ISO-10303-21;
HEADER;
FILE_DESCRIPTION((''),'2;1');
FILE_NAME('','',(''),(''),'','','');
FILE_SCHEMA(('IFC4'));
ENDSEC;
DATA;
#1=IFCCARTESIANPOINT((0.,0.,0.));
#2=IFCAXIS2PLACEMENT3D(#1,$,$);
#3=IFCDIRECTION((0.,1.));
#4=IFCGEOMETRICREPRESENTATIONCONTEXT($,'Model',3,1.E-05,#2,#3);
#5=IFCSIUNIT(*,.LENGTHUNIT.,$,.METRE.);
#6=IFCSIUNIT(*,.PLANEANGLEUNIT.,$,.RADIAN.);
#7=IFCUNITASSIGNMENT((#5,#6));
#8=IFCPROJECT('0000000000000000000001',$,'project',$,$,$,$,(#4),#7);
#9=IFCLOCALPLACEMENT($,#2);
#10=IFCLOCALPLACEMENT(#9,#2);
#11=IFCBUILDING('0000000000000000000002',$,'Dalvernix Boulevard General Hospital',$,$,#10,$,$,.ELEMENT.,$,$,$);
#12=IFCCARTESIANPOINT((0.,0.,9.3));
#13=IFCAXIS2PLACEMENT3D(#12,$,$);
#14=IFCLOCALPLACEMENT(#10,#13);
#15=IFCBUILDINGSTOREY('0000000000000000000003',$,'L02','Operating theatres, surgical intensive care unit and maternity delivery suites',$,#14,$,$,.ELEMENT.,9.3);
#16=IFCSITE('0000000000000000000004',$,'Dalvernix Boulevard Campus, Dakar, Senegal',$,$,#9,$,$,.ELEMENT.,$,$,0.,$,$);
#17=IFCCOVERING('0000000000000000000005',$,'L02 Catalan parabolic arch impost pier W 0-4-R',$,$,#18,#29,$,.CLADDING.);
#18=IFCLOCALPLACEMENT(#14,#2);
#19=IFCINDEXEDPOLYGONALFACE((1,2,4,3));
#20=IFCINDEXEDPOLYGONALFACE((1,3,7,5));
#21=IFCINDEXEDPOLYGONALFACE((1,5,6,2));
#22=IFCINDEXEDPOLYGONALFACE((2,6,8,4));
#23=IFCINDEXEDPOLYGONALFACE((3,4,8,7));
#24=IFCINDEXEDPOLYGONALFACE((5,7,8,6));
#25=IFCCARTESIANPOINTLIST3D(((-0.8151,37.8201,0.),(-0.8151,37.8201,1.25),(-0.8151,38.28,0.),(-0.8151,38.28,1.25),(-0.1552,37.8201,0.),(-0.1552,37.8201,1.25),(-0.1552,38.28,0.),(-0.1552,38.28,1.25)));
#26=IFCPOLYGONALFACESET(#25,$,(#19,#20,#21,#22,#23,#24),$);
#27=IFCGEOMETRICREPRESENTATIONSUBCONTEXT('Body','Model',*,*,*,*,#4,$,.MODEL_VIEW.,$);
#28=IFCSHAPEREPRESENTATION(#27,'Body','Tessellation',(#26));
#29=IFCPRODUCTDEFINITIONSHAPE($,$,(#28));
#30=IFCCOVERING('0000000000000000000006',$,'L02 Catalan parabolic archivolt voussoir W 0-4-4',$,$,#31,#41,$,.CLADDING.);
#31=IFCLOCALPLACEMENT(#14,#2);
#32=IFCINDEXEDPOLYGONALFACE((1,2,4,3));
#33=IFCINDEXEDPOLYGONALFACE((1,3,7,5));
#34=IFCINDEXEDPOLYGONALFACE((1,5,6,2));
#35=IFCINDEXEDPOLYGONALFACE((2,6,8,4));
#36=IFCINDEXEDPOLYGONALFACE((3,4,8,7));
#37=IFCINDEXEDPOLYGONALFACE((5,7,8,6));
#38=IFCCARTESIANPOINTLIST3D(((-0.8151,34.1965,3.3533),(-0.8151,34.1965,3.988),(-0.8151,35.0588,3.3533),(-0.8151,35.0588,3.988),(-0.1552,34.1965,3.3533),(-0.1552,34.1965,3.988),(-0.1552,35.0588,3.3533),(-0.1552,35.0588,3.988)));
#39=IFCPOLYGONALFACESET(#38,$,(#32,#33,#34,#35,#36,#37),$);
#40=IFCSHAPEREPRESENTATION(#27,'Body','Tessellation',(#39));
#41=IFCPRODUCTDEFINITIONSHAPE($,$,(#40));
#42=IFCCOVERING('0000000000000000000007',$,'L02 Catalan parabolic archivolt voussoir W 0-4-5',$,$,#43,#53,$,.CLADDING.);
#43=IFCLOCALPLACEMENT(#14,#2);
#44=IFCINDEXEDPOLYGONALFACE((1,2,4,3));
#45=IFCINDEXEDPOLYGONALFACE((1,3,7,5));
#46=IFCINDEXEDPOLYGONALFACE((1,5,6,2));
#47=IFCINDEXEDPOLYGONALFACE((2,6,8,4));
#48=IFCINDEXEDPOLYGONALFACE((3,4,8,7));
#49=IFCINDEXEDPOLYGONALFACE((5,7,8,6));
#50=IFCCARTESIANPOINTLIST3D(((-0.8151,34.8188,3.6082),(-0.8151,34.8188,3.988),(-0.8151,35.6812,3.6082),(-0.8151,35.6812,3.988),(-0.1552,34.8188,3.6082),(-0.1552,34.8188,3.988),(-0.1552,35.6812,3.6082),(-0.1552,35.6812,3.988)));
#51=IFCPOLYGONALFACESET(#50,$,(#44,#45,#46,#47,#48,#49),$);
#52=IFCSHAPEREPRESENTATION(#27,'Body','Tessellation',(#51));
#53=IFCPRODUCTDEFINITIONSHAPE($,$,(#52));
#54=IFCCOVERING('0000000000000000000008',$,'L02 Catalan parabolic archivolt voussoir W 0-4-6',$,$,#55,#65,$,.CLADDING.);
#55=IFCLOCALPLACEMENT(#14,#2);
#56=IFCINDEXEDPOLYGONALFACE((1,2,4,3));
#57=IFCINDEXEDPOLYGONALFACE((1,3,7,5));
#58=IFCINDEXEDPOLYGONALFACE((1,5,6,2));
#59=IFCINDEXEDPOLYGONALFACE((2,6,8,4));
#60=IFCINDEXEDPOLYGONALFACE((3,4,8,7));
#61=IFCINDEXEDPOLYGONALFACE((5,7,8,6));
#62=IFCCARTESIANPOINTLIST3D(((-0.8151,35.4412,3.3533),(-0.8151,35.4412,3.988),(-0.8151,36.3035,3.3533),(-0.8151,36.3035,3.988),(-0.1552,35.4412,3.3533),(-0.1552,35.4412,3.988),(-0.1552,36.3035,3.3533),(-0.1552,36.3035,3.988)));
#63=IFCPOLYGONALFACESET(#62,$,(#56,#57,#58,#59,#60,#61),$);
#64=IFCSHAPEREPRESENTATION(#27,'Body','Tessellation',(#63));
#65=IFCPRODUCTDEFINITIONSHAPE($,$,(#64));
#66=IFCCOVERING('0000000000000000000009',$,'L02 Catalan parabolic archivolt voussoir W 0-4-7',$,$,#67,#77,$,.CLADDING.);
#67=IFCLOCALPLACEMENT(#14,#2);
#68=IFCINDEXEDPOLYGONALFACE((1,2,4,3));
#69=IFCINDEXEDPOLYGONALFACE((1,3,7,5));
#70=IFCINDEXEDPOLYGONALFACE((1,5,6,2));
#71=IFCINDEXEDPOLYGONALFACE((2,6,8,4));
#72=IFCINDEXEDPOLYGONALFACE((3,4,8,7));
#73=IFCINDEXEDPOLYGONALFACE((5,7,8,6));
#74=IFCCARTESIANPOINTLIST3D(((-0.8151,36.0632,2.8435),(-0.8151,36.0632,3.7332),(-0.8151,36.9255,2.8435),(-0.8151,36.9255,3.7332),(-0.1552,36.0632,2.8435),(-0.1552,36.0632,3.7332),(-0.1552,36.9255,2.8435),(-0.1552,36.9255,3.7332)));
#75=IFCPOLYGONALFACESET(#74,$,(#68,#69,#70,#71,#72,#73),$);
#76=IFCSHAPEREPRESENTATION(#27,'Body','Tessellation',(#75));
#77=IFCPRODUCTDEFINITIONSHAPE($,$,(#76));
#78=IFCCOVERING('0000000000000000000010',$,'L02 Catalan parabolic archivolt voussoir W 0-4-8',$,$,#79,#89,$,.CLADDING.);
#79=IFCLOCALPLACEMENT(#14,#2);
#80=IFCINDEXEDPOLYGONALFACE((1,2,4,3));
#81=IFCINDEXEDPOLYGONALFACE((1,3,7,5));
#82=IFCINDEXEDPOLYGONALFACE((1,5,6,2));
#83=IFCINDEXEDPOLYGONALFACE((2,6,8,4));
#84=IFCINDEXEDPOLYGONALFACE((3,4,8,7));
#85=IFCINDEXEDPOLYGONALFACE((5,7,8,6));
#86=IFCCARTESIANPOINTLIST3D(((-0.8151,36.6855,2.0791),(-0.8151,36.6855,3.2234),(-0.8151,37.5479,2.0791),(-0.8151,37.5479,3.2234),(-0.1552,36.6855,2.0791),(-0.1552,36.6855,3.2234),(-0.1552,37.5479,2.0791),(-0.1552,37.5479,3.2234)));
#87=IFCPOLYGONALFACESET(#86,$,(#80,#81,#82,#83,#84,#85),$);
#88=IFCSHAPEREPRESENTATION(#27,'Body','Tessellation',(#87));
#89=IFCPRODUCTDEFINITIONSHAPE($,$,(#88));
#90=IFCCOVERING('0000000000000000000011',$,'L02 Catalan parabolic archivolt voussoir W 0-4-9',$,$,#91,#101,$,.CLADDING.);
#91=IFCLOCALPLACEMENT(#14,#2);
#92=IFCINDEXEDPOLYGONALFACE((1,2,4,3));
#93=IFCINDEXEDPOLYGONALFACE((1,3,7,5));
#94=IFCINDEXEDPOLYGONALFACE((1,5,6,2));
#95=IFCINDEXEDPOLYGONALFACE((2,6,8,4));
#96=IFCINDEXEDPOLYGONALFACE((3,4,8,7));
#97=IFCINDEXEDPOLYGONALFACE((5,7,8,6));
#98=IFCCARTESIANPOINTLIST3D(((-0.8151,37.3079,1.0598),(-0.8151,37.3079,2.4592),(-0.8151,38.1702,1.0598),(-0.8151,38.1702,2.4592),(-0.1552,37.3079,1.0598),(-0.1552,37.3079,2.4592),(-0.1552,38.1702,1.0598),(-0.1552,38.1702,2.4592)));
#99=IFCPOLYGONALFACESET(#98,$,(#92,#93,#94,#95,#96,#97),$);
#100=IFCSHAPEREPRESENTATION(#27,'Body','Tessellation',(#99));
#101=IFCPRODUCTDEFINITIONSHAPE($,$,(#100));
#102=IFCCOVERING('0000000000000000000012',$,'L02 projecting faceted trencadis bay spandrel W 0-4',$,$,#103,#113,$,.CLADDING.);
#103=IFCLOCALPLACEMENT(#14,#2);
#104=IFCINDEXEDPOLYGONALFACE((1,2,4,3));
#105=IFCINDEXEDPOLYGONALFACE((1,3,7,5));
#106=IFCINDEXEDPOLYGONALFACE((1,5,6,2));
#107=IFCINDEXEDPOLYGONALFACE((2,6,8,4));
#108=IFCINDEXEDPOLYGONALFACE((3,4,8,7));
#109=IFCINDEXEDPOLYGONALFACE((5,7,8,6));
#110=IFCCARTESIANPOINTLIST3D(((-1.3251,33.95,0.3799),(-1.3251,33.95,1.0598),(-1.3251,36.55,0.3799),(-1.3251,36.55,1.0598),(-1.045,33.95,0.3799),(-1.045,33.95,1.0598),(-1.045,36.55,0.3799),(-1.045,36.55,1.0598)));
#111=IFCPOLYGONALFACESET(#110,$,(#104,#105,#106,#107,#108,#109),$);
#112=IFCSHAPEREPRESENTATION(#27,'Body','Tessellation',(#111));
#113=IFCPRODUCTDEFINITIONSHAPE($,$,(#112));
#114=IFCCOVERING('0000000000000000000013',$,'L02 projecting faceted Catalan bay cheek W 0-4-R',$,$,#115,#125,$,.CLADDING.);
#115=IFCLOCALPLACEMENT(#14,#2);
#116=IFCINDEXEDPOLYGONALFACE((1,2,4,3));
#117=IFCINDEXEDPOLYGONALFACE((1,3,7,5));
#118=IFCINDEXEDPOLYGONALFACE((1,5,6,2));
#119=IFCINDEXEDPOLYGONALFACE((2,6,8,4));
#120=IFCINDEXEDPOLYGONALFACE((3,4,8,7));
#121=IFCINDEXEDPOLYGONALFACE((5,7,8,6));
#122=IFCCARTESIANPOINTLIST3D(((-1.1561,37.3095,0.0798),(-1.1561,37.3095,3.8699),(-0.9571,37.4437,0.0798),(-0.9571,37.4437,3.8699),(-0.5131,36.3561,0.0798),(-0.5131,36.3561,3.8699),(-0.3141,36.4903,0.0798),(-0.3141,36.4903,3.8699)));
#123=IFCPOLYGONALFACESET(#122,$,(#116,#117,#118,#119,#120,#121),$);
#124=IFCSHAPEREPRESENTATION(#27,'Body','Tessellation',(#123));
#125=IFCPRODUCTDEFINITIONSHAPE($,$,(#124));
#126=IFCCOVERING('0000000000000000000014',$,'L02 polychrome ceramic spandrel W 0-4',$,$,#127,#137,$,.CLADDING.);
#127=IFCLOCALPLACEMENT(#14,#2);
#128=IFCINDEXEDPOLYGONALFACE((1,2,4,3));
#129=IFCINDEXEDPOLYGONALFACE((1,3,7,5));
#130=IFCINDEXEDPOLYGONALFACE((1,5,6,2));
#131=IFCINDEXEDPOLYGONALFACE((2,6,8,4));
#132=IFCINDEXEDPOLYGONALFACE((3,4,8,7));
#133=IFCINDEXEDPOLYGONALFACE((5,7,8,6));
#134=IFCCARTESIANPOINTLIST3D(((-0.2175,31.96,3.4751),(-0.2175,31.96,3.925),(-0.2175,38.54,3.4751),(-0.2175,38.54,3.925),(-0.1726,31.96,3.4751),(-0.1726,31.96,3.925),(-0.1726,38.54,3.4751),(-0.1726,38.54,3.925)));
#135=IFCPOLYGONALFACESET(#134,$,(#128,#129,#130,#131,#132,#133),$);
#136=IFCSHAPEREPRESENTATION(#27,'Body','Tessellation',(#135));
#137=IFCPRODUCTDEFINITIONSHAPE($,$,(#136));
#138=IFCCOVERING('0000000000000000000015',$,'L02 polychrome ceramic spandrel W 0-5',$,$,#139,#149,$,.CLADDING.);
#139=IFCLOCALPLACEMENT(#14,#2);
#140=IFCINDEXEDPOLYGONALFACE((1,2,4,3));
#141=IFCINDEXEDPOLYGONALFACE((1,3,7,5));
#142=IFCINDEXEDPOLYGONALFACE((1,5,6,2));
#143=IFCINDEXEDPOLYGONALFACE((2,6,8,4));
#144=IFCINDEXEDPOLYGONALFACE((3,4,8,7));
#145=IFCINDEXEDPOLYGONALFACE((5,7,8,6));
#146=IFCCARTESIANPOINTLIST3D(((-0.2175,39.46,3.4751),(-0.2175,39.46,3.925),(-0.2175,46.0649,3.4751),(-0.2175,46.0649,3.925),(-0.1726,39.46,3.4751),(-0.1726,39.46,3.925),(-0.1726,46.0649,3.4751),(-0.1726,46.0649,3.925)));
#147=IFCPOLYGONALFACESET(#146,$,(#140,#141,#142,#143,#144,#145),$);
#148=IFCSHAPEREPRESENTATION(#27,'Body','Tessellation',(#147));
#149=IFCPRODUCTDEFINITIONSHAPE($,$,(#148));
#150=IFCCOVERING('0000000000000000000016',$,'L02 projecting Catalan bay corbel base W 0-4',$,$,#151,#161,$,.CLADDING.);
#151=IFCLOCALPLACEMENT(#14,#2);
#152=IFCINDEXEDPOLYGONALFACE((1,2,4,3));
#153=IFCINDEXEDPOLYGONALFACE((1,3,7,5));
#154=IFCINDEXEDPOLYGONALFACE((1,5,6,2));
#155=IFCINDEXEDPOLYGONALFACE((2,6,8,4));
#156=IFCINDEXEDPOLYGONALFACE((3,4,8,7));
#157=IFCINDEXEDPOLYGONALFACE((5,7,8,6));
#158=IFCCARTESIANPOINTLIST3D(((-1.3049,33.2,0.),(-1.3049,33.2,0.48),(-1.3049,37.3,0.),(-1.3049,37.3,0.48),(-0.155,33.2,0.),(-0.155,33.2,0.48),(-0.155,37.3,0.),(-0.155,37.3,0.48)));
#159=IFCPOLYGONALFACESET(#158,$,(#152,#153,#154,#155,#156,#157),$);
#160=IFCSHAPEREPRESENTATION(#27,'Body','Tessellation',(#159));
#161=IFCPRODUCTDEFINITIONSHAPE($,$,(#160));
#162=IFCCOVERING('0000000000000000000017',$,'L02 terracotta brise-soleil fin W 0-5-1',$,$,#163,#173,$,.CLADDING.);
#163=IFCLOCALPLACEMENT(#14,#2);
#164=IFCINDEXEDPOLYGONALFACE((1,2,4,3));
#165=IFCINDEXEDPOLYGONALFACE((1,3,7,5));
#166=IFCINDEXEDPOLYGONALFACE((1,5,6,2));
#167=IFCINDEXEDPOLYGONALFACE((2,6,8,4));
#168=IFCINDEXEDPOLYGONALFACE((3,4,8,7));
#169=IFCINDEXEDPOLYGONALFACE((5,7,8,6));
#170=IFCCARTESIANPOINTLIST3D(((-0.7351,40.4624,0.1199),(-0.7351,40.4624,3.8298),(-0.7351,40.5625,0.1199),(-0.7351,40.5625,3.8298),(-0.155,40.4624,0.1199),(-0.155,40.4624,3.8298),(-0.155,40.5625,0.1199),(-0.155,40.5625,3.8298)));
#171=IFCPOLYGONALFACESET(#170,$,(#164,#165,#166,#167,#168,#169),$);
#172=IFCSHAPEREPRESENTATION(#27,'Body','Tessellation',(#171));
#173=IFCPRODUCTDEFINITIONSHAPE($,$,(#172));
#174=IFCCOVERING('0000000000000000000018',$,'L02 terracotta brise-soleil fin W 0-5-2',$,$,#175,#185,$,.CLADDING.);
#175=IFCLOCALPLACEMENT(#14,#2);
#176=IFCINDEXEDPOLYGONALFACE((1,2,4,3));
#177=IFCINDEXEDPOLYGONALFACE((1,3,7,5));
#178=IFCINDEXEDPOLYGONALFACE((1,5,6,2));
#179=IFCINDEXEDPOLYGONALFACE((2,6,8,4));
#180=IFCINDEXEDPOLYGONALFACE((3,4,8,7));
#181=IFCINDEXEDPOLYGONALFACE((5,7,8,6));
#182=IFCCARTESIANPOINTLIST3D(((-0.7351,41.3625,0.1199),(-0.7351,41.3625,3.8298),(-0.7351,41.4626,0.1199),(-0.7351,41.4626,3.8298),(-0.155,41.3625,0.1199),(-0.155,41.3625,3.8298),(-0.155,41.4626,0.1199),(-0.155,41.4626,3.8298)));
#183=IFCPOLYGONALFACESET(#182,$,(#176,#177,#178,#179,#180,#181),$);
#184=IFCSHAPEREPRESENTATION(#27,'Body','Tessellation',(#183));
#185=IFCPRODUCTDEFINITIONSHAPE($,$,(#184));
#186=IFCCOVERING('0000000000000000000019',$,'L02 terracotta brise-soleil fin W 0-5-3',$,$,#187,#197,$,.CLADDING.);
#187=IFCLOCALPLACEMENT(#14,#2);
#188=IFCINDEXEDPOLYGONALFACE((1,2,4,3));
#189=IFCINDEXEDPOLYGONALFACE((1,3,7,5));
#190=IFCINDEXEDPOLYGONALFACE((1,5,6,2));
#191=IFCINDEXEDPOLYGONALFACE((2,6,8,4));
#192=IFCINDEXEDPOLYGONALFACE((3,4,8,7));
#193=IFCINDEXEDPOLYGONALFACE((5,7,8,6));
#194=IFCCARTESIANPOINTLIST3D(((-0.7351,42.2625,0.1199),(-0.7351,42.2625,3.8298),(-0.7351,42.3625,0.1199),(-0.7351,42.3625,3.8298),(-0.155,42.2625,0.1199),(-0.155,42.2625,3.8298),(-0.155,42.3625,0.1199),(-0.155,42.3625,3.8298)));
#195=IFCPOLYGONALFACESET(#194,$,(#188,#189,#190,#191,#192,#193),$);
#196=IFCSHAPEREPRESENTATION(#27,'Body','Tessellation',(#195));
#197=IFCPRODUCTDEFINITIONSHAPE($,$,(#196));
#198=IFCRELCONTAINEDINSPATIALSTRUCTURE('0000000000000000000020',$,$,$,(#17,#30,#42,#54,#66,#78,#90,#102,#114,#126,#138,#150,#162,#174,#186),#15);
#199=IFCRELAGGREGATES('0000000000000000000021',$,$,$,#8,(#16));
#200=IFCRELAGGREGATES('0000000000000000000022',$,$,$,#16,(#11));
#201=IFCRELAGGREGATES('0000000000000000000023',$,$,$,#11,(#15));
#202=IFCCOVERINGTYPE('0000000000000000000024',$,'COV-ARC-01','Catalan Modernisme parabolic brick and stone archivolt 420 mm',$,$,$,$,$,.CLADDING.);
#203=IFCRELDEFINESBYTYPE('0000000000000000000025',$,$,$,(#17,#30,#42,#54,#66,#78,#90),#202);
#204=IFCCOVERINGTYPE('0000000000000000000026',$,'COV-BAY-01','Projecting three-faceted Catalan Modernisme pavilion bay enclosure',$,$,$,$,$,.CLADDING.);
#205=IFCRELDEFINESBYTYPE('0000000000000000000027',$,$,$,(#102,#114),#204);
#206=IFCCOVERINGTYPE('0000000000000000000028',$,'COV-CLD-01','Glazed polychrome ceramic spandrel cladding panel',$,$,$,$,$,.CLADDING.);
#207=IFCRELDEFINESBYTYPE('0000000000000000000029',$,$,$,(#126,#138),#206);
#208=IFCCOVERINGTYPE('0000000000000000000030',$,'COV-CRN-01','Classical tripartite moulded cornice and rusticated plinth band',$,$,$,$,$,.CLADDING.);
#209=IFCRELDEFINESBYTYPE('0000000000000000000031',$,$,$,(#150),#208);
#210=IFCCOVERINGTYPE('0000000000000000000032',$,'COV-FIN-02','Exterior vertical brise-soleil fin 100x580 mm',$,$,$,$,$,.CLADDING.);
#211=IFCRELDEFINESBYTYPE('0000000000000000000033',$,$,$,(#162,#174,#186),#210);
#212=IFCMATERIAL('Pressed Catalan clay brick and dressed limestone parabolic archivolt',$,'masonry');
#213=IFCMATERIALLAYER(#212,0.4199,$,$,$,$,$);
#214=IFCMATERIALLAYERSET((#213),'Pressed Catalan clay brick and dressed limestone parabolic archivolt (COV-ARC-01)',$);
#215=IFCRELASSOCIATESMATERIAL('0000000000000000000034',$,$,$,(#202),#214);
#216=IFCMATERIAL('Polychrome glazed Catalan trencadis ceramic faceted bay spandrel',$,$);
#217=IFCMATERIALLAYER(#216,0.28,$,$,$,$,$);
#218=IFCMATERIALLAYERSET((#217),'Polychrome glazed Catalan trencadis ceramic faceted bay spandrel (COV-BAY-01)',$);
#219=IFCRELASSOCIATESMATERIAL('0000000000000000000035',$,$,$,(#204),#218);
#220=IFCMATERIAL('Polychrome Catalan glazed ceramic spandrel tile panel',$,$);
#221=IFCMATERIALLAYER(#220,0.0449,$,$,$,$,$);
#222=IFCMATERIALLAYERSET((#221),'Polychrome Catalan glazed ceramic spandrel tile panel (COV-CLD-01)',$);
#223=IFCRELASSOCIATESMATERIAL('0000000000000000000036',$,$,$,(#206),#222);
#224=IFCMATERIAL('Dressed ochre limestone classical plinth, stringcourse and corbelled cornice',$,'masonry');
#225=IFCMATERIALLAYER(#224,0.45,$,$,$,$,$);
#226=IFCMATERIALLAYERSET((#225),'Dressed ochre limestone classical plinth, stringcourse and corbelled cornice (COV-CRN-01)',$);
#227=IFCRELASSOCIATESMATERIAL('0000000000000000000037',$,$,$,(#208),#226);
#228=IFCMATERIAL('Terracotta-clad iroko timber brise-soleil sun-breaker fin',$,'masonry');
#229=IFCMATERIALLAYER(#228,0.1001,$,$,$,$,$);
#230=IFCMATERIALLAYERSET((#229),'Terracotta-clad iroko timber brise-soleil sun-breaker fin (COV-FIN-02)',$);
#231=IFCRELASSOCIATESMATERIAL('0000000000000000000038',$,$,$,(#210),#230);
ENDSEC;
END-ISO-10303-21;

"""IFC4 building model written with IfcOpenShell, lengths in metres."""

from ifc_helpers import new_model, si_unit, direction, frame, origin, origin_2d, place, context, subcontext, project, spatial, rectangle, extrude, material, layer, layer_set, type_object, element, save


model = new_model("IFC4")

# Units and contexts
model_context = context("Model", 3, precision=1e-05, world=origin(), true_north=direction((0.0, 1.0)))
body_context = subcontext(model_context, "Body", "Model", "MODEL_VIEW")
ifc_project = project(units=[si_unit("LENGTHUNIT", "METRE"), si_unit("PLANEANGLEUNIT", "RADIAN")], contexts=[model_context])

# Site, building, storey
site_placement = place(None, origin())
site = spatial("IfcSite", under=ifc_project, at=site_placement, Name="Dalvernix Boulevard Campus, Dakar, Senegal", CompositionType="ELEMENT", RefElevation=0.0)
building_placement = place(site_placement, origin())
building = spatial("IfcBuilding", under=site, at=building_placement, Name="Dalvernix Boulevard General Hospital", CompositionType="ELEMENT")
storey_placement = place(building_placement, frame((0.0, 0.0, 9.3)))
storey = spatial("IfcBuildingStorey", under=building, at=storey_placement, Name="L02", Description="Operating theatres, surgical intensive care unit and maternity delivery suites", CompositionType="ELEMENT", Elevation=9.3)

# Coverings
ifc_material_1 = material(Name="Pressed Catalan clay brick and dressed limestone parabolic archivolt", Category="masonry")
ifc_layer_1 = layer(ifc_material_1, 0.4199)
ifc_layer_set_1 = layer_set([ifc_layer_1], Name="Pressed Catalan clay brick and dressed limestone parabolic archivolt (COV-ARC-01)")
covering_type_1 = type_object("IfcCoveringType", Name="COV-ARC-01", Description="Catalan Modernisme parabolic brick and stone archivolt 420 mm", PredefinedType="CLADDING", material=ifc_layer_set_1)
covering_1_placement = place(storey_placement, frame((-0.4851, 38.05, 0.0), z_axis=(0.0, 0.0, 1.0), x_axis=(0.0, 1.0, 0.0)))
element("IfcCovering", 1, at=covering_1_placement, inside=storey, type_object=covering_type_1, Name="L02 Catalan parabolic arch impost pier W 0-4-R", PredefinedType="CLADDING", context=body_context, shape_type="SweptSolid", body=[
    extrude(rectangle(XDim=0.46, YDim=0.6599, at=origin_2d()), origin(), (0.0, 0.0, 1.0), 1.25),
])
covering_2_placement = place(storey_placement, frame((-0.4851, 34.6277, 3.3533), z_axis=(0.0, 0.0, 1.0), x_axis=(0.0, 1.0, 0.0)))
element("IfcCovering", 2, at=covering_2_placement, inside=storey, type_object=covering_type_1, Name="L02 Catalan parabolic archivolt voussoir W 0-4-4", PredefinedType="CLADDING", context=body_context, shape_type="SweptSolid", body=[
    extrude(rectangle(XDim=0.8623, YDim=0.6599, at=origin_2d()), origin(), (0.0, 0.0, 1.0), 0.6348),
])
covering_3_placement = place(storey_placement, frame((-0.4851, 35.25, 3.6082), z_axis=(0.0, 0.0, 1.0), x_axis=(0.0, 1.0, 0.0)))
element("IfcCovering", 3, at=covering_3_placement, inside=storey, type_object=covering_type_1, Name="L02 Catalan parabolic archivolt voussoir W 0-4-5", PredefinedType="CLADDING", context=body_context, shape_type="SweptSolid", body=[
    extrude(rectangle(XDim=0.8623, YDim=0.6599, at=origin_2d()), origin(), (0.0, 0.0, 1.0), 0.3799),
])
covering_4_placement = place(storey_placement, frame((-0.4851, 35.8723, 3.3533), z_axis=(0.0, 0.0, 1.0), x_axis=(0.0, 1.0, 0.0)))
element("IfcCovering", 4, at=covering_4_placement, inside=storey, type_object=covering_type_1, Name="L02 Catalan parabolic archivolt voussoir W 0-4-6", PredefinedType="CLADDING", context=body_context, shape_type="SweptSolid", body=[
    extrude(rectangle(XDim=0.8623, YDim=0.6599, at=origin_2d()), origin(), (0.0, 0.0, 1.0), 0.6348),
])
covering_5_placement = place(storey_placement, frame((-0.4851, 36.4944, 2.8435), z_axis=(0.0, 0.0, 1.0), x_axis=(0.0, 1.0, 0.0)))
element("IfcCovering", 5, at=covering_5_placement, inside=storey, type_object=covering_type_1, Name="L02 Catalan parabolic archivolt voussoir W 0-4-7", PredefinedType="CLADDING", context=body_context, shape_type="SweptSolid", body=[
    extrude(rectangle(XDim=0.8623, YDim=0.6599, at=origin_2d()), origin(), (0.0, 0.0, 1.0), 0.8896),
])
covering_6_placement = place(storey_placement, frame((-0.4851, 37.1167, 2.0791), z_axis=(0.0, 0.0, 1.0), x_axis=(0.0, 1.0, 0.0)))
element("IfcCovering", 6, at=covering_6_placement, inside=storey, type_object=covering_type_1, Name="L02 Catalan parabolic archivolt voussoir W 0-4-8", PredefinedType="CLADDING", context=body_context, shape_type="SweptSolid", body=[
    extrude(rectangle(XDim=0.8623, YDim=0.6599, at=origin_2d()), origin(), (0.0, 0.0, 1.0), 1.1443),
])
covering_7_placement = place(storey_placement, frame((-0.4851, 37.739, 1.0598), z_axis=(0.0, 0.0, 1.0), x_axis=(0.0, 1.0, 0.0)))
element("IfcCovering", 7, at=covering_7_placement, inside=storey, type_object=covering_type_1, Name="L02 Catalan parabolic archivolt voussoir W 0-4-9", PredefinedType="CLADDING", context=body_context, shape_type="SweptSolid", body=[
    extrude(rectangle(XDim=0.8623, YDim=0.6599, at=origin_2d()), origin(), (0.0, 0.0, 1.0), 1.3994),
])
ifc_material_2 = material(Name="Polychrome glazed Catalan trencadis ceramic faceted bay spandrel")
ifc_layer_2 = layer(ifc_material_2, 0.28)
ifc_layer_set_2 = layer_set([ifc_layer_2], Name="Polychrome glazed Catalan trencadis ceramic faceted bay spandrel (COV-BAY-01)")
covering_type_2 = type_object("IfcCoveringType", Name="COV-BAY-01", Description="Projecting three-faceted Catalan Modernisme pavilion bay enclosure", PredefinedType="CLADDING", material=ifc_layer_set_2)
covering_8_placement = place(storey_placement, frame((-1.1851, 35.25, 0.3799), z_axis=(0.0, 0.0, 1.0), x_axis=(0.0, 1.0, 0.0)))
element("IfcCovering", 8, at=covering_8_placement, inside=storey, type_object=covering_type_2, Name="L02 projecting faceted trencadis bay spandrel W 0-4", PredefinedType="CLADDING", context=body_context, shape_type="SweptSolid", body=[
    extrude(rectangle(XDim=2.6001, YDim=0.28, at=origin_2d()), origin(), (0.0, 0.0, 1.0), 0.6799),
])
covering_9_placement = place(storey_placement, frame((-0.7351, 36.8999, 0.0798), z_axis=(0.0, 0.0, 1.0), x_axis=(-0.559193, 0.829038, 0.0)))
element("IfcCovering", 9, at=covering_9_placement, inside=storey, type_object=covering_type_2, Name="L02 projecting faceted Catalan bay cheek W 0-4-R", PredefinedType="CLADDING", context=body_context, shape_type="SweptSolid", body=[
    extrude(rectangle(XDim=1.1499, YDim=0.24, at=origin_2d()), origin(), (0.0, 0.0, 1.0), 3.79),
])
ifc_material_3 = material(Name="Polychrome Catalan glazed ceramic spandrel tile panel")
ifc_layer_3 = layer(ifc_material_3, 0.0449)
ifc_layer_set_3 = layer_set([ifc_layer_3], Name="Polychrome Catalan glazed ceramic spandrel tile panel (COV-CLD-01)")
covering_type_3 = type_object("IfcCoveringType", Name="COV-CLD-01", Description="Glazed polychrome ceramic spandrel cladding panel", PredefinedType="CLADDING", material=ifc_layer_set_3)
covering_10_placement = place(storey_placement, frame((-0.1951, 35.25, 3.4751), z_axis=(0.0, 0.0, 1.0), x_axis=(0.0, 1.0, 0.0)))
element("IfcCovering", 10, at=covering_10_placement, inside=storey, type_object=covering_type_3, Name="L02 polychrome ceramic spandrel W 0-4", PredefinedType="CLADDING", context=body_context, shape_type="SweptSolid", body=[
    extrude(rectangle(XDim=6.5801, YDim=0.0449, at=origin_2d()), origin(), (0.0, 0.0, 1.0), 0.45),
])
covering_11_placement = place(storey_placement, frame((-0.1951, 42.7625, 3.4751), z_axis=(0.0, 0.0, 1.0), x_axis=(0.0, 1.0, 0.0)))
element("IfcCovering", 11, at=covering_11_placement, inside=storey, type_object=covering_type_3, Name="L02 polychrome ceramic spandrel W 0-5", PredefinedType="CLADDING", context=body_context, shape_type="SweptSolid", body=[
    extrude(rectangle(XDim=6.605, YDim=0.0449, at=origin_2d()), origin(), (0.0, 0.0, 1.0), 0.45),
])
ifc_material_4 = material(Name="Dressed ochre limestone classical plinth, stringcourse and corbelled cornice", Category="masonry")
ifc_layer_4 = layer(ifc_material_4, 0.45)
ifc_layer_set_4 = layer_set([ifc_layer_4], Name="Dressed ochre limestone classical plinth, stringcourse and corbelled cornice (COV-CRN-01)")
covering_type_4 = type_object("IfcCoveringType", Name="COV-CRN-01", Description="Classical tripartite moulded cornice and rusticated plinth band", PredefinedType="CLADDING", material=ifc_layer_set_4)
covering_12_placement = place(storey_placement, frame((-0.73, 35.25, 0.0), z_axis=(0.0, 0.0, 1.0), x_axis=(0.0, 1.0, 0.0)))
element("IfcCovering", 12, at=covering_12_placement, inside=storey, type_object=covering_type_4, Name="L02 projecting Catalan bay corbel base W 0-4", PredefinedType="CLADDING", context=body_context, shape_type="SweptSolid", body=[
    extrude(rectangle(XDim=4.1001, YDim=1.1499, at=origin_2d()), origin(), (0.0, 0.0, 1.0), 0.48),
])
ifc_material_5 = material(Name="Terracotta-clad iroko timber brise-soleil sun-breaker fin", Category="masonry")
ifc_layer_5 = layer(ifc_material_5, 0.1001)
ifc_layer_set_5 = layer_set([ifc_layer_5], Name="Terracotta-clad iroko timber brise-soleil sun-breaker fin (COV-FIN-02)")
covering_type_5 = type_object("IfcCoveringType", Name="COV-FIN-02", Description="Exterior vertical brise-soleil fin 100x580 mm", PredefinedType="CLADDING", material=ifc_layer_set_5)
for number, where, z_axis, x_axis, name in (
    (13, (-0.4451, 40.5125, 0.1199), (0.0, 0.0, 1.0), (0.0, 1.0, 0.0), "L02 terracotta brise-soleil fin W 0-5-1"),
    (14, (-0.4451, 41.4126, 0.1199), (0.0, 0.0, 1.0), (0.0, 1.0, 0.0), "L02 terracotta brise-soleil fin W 0-5-2"),
    (15, (-0.4451, 42.3125, 0.1199), (0.0, 0.0, 1.0), (0.0, 1.0, 0.0), "L02 terracotta brise-soleil fin W 0-5-3"),
):
    element("IfcCovering", number, at=place(storey_placement, frame(where, z_axis=z_axis, x_axis=x_axis)), inside=storey, type_object=covering_type_5, Name=name, PredefinedType="CLADDING", context=body_context, shape_type="SweptSolid", body=[
        extrude(rectangle(XDim=0.1001, YDim=0.5801, at=origin_2d()), origin(), (0.0, 0.0, 1.0), 3.71),
    ])

save(model, "model.ifc")
